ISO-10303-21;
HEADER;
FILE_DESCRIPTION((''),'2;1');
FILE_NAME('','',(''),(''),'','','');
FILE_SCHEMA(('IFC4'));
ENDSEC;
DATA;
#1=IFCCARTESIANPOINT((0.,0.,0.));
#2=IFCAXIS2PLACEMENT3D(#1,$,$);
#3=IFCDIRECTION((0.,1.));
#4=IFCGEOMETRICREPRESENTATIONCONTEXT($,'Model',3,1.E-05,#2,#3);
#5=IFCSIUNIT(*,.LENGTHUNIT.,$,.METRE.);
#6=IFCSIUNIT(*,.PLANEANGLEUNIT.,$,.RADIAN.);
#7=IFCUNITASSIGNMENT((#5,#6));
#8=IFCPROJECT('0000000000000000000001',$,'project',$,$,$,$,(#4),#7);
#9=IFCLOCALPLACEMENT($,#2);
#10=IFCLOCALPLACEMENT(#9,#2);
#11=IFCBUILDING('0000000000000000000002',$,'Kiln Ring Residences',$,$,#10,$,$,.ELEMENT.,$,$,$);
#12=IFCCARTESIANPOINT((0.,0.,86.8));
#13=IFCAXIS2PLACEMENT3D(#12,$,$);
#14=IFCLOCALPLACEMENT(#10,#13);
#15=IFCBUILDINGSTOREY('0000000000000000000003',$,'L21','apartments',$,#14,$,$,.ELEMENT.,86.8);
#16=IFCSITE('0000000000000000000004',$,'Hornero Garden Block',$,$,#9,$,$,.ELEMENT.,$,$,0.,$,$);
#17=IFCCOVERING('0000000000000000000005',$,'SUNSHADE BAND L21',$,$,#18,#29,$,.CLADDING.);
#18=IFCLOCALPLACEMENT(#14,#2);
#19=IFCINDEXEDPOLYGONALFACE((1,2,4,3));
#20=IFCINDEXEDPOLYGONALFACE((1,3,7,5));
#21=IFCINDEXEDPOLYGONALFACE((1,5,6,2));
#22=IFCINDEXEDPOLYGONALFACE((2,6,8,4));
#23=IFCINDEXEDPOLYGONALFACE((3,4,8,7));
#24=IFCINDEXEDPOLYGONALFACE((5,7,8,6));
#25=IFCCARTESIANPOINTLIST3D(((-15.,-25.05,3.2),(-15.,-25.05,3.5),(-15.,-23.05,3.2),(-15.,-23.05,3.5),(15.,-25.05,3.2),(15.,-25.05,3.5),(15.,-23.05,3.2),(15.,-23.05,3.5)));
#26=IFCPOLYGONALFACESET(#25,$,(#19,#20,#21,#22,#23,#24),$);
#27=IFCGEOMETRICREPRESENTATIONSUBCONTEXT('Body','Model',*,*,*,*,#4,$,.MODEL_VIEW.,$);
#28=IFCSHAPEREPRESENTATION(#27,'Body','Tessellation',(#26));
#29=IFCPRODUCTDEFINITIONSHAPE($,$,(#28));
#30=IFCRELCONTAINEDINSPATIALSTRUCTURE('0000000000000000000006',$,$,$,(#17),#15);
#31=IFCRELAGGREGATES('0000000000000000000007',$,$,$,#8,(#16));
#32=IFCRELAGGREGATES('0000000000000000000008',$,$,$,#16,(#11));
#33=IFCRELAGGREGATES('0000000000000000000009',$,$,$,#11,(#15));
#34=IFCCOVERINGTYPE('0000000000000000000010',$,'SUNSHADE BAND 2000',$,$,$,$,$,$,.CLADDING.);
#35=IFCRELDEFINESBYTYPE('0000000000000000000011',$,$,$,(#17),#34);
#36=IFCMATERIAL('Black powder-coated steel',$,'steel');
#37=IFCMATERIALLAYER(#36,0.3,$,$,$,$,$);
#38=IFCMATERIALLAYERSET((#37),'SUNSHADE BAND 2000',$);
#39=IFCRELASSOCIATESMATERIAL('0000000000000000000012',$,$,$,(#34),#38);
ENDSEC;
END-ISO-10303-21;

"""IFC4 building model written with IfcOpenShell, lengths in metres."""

from ifc_helpers import new_model, si_unit, direction, frame, origin, place, context, subcontext, project, spatial, polyline, outline, extrude, material, layer, layer_set, type_object, element, save


model = new_model("IFC4")

# Units and contexts
model_context = context("Model", 3, precision=1e-05, world=origin(), true_north=direction((0.0, 1.0)))
body_context = subcontext(model_context, "Body", "Model", "MODEL_VIEW")
ifc_project = project(units=[si_unit("LENGTHUNIT", "METRE"), si_unit("PLANEANGLEUNIT", "RADIAN")], contexts=[model_context])

# Site, building, storey
site_placement = place(None, origin())
site = spatial("IfcSite", under=ifc_project, at=site_placement, Name="Hornero Garden Block", CompositionType="ELEMENT", RefElevation=0.0)
building_placement = place(site_placement, origin())
building = spatial("IfcBuilding", under=site, at=building_placement, Name="Kiln Ring Residences", CompositionType="ELEMENT")
storey_placement = place(building_placement, frame((0.0, 0.0, 86.8)))
storey = spatial("IfcBuildingStorey", under=building, at=storey_placement, Name="L21", Description="apartments", CompositionType="ELEMENT", Elevation=86.8)

# Covering
ifc_material_1 = material(Name="Black powder-coated steel", Category="steel")
ifc_layer_1 = layer(ifc_material_1, 0.3)
ifc_layer_set_1 = layer_set([ifc_layer_1], Name="SUNSHADE BAND 2000")
covering_type = type_object("IfcCoveringType", Name="SUNSHADE BAND 2000", PredefinedType="CLADDING", material=ifc_layer_set_1)
placement = place(storey_placement, frame((0.0, 0.0, 3.2)))
element("IfcCovering", 1, at=placement, inside=storey, type_object=covering_type, Name="SUNSHADE BAND L21", PredefinedType="CLADDING", context=body_context, shape_type="SweptSolid", body=[
    extrude(outline(polyline([(-15.0, -25.05), (15.0, -25.05), (15.0, -23.05), (-15.0, -23.05), (-15.0, -25.05)])), origin(), (0.0, 0.0, 1.0), 0.3),
])

save(model, "model.ifc")
